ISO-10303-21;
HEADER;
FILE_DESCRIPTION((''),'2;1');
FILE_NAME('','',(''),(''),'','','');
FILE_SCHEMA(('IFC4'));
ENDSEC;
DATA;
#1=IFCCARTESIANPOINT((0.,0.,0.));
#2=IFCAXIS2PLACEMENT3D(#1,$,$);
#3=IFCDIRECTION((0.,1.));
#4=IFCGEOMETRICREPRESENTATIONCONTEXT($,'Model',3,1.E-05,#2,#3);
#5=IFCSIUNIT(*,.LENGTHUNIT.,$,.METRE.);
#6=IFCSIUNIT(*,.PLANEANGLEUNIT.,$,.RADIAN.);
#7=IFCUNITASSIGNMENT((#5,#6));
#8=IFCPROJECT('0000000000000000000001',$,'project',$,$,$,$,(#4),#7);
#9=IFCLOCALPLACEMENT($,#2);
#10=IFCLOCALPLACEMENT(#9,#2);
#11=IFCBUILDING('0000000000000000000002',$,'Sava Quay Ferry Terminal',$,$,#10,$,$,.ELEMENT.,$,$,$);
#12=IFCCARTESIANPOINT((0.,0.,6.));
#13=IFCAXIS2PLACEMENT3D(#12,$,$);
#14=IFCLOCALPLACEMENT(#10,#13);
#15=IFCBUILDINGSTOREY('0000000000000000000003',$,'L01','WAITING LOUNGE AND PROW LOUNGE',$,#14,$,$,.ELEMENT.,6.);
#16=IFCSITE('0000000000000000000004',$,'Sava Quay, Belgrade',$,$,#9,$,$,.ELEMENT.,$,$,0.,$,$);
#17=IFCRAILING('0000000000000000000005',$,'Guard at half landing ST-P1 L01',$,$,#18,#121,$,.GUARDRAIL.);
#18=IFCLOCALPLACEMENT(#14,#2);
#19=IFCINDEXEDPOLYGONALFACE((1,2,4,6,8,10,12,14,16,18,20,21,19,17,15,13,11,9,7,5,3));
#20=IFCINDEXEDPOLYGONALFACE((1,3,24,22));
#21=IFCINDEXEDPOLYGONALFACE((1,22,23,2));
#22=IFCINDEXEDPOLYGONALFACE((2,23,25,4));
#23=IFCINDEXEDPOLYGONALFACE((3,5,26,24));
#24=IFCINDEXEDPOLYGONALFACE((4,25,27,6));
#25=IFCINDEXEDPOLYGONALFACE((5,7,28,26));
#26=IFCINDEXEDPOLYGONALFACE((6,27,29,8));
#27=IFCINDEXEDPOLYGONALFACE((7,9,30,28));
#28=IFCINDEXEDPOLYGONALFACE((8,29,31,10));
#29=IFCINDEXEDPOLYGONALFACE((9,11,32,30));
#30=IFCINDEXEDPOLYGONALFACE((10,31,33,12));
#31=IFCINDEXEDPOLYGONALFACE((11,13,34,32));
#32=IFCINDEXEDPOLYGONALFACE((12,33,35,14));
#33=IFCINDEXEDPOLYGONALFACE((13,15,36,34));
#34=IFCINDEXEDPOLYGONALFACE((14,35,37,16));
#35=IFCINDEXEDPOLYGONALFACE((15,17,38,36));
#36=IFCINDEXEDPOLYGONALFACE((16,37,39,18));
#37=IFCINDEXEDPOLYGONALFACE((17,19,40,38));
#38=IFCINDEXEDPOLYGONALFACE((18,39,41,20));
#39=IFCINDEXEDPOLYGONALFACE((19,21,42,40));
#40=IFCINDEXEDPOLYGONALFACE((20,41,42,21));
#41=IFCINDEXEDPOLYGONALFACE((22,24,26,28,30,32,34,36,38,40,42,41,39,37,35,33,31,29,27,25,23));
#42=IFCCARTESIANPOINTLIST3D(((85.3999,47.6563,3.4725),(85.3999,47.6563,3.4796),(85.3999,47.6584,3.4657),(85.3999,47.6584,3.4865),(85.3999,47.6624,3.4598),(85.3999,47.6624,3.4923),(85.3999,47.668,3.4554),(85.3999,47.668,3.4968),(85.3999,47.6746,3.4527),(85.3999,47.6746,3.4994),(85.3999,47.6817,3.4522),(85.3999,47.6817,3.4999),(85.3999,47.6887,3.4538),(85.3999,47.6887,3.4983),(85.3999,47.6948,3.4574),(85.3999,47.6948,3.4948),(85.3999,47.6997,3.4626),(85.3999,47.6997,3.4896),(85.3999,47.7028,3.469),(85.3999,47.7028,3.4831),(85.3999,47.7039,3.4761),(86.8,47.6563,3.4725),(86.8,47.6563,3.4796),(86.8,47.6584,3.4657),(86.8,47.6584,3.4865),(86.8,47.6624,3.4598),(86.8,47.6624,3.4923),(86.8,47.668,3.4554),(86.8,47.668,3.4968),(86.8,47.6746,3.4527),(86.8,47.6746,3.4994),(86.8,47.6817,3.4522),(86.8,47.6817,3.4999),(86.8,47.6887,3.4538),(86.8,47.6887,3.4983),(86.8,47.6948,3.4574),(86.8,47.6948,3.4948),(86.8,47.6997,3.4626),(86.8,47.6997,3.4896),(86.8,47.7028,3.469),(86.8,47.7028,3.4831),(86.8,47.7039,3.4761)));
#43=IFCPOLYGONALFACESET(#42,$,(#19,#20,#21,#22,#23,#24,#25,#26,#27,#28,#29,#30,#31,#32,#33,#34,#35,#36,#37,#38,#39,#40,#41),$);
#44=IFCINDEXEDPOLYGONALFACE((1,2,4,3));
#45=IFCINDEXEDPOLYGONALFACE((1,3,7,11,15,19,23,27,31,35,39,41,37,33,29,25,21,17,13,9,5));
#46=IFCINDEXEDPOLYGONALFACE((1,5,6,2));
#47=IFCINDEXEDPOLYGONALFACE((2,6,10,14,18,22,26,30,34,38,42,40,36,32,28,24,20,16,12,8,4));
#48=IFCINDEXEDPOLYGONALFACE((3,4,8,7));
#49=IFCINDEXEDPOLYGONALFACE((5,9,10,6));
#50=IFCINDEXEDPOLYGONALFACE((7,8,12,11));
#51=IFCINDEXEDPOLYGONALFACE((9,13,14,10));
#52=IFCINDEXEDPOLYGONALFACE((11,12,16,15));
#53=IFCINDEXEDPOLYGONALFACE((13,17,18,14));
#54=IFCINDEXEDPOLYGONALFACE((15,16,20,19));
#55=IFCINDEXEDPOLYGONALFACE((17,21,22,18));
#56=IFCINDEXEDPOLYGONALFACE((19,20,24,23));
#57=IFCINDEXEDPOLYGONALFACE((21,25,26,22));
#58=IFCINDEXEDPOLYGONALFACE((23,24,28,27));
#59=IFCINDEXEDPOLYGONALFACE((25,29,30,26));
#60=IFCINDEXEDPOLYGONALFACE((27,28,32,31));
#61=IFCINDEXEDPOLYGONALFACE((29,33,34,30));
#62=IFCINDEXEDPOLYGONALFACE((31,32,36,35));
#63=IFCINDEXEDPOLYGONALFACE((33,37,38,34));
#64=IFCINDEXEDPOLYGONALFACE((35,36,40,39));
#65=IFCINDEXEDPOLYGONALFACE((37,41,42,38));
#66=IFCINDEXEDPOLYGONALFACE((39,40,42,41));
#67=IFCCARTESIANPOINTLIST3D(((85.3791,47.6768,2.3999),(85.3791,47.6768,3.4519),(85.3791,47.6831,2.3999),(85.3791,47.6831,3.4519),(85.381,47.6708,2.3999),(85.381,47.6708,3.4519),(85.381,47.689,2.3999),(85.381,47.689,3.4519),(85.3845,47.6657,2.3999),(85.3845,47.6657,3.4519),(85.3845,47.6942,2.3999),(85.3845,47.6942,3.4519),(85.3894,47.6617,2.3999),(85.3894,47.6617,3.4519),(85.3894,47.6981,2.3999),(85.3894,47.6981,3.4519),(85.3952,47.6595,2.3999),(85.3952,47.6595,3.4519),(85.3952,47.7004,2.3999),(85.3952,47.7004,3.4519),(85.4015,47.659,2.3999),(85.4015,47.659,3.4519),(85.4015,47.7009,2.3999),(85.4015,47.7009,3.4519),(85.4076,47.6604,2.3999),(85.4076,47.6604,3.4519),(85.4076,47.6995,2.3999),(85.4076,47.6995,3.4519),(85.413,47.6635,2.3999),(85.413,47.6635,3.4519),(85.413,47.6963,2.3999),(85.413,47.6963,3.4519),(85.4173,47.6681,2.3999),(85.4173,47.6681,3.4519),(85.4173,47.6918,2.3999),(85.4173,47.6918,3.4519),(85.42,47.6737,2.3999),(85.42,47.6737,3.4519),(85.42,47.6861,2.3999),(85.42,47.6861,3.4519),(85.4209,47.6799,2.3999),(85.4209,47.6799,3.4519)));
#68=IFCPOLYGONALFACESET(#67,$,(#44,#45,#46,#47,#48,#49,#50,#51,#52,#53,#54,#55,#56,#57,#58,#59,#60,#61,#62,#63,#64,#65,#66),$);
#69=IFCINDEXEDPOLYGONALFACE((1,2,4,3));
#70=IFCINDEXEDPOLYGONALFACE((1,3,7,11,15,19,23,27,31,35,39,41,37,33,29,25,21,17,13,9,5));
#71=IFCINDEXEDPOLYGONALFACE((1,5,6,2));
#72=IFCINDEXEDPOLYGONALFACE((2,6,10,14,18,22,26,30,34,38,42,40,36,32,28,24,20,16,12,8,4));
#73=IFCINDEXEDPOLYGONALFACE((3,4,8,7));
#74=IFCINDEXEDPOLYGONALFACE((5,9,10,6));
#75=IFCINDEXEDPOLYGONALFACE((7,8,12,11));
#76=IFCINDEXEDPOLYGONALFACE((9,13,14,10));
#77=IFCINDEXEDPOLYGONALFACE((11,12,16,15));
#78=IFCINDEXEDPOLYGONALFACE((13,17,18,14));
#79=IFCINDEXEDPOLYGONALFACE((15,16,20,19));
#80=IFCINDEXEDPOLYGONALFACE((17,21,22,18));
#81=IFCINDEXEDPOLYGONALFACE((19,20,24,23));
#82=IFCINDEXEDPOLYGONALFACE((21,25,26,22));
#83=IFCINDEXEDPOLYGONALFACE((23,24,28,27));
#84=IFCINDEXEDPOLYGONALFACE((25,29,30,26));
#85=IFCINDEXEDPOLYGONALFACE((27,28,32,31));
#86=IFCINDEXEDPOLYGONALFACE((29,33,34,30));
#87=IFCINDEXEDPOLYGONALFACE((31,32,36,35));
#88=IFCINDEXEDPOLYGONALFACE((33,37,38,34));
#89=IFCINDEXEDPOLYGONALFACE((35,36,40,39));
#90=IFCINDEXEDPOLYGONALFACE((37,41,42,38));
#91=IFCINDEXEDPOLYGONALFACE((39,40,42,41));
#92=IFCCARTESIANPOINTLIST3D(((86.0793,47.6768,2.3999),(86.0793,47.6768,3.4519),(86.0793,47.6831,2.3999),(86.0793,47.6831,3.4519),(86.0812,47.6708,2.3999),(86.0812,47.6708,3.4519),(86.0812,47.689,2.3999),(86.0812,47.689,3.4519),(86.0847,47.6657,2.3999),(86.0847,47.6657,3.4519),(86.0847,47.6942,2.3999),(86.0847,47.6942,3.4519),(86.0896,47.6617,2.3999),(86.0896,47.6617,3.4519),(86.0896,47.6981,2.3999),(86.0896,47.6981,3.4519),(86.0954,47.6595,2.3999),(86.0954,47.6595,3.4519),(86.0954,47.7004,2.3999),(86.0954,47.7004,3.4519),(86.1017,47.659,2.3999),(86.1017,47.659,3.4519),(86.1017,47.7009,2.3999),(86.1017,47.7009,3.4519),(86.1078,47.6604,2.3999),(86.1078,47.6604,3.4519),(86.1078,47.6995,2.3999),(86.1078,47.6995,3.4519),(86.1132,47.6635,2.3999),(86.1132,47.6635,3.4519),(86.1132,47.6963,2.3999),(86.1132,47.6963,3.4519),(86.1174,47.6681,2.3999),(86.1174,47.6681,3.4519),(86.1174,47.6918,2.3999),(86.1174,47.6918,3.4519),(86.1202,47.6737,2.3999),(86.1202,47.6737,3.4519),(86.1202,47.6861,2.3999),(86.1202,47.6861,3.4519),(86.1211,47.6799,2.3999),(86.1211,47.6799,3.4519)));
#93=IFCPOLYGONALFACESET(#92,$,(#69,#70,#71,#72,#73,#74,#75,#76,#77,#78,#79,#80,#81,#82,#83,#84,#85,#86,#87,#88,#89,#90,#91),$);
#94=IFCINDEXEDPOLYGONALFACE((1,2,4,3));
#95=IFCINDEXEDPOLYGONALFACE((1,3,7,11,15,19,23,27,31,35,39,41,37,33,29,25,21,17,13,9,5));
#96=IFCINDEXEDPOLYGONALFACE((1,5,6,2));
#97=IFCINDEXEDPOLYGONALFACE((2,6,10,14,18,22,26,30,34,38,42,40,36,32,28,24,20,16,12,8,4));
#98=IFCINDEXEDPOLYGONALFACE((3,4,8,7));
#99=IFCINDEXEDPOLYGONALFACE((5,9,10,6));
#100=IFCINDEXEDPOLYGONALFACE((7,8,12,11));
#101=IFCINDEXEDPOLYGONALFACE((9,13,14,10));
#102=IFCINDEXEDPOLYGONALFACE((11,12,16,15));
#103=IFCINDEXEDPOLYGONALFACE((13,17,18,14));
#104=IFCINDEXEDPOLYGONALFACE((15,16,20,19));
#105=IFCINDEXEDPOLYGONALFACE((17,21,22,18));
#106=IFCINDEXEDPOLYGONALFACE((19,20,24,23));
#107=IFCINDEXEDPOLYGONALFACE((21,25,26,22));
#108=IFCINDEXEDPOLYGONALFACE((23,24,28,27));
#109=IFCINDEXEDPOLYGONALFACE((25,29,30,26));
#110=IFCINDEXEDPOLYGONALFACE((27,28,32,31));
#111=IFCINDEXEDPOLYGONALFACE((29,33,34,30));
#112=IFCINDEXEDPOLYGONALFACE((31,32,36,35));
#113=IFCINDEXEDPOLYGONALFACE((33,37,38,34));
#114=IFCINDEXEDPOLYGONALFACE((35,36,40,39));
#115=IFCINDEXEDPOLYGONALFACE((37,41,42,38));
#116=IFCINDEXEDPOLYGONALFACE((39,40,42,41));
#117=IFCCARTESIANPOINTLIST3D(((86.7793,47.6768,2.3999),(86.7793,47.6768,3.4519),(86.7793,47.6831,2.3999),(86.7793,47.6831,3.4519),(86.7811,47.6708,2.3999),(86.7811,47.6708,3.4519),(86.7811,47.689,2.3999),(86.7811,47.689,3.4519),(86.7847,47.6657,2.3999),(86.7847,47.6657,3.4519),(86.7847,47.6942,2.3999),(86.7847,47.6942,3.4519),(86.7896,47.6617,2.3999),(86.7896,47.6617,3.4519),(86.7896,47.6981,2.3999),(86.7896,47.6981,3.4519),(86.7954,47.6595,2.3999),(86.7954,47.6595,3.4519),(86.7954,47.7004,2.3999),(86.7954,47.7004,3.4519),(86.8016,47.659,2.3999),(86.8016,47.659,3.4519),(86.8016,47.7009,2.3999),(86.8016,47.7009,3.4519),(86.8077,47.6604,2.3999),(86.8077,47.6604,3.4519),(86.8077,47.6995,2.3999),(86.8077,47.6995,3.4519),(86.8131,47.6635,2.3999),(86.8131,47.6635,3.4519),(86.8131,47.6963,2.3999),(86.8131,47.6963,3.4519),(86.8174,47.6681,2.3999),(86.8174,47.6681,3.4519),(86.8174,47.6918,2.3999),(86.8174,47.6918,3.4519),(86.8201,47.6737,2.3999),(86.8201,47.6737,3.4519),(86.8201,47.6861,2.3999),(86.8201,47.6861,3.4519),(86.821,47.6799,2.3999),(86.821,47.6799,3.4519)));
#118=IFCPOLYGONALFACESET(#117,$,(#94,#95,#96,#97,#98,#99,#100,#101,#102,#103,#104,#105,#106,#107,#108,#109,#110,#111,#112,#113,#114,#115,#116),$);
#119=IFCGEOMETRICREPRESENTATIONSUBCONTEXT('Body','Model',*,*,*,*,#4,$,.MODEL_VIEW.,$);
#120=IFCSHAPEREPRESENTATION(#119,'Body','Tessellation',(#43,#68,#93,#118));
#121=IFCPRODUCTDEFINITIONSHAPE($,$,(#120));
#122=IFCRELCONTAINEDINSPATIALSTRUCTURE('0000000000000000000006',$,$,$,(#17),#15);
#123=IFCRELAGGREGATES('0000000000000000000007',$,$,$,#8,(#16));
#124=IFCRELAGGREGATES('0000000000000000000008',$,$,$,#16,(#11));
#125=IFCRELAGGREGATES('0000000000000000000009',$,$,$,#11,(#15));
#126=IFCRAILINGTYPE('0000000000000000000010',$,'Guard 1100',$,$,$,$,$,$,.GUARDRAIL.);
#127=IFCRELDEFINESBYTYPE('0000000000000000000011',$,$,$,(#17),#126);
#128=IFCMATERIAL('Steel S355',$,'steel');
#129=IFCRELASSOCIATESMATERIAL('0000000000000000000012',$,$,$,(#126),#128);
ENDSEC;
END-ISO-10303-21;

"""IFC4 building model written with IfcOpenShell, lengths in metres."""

from ifc_helpers import new_model, si_unit, direction, frame, origin, origin_2d, place, context, subcontext, project, spatial, circle, extrude, material, type_object, element, save


model = new_model("IFC4")

# Units and contexts
model_context = context("Model", 3, precision=1e-05, world=origin(), true_north=direction((0.0, 1.0)))
body_context = subcontext(model_context, "Body", "Model", "MODEL_VIEW")
ifc_project = project(units=[si_unit("LENGTHUNIT", "METRE"), si_unit("PLANEANGLEUNIT", "RADIAN")], contexts=[model_context])

# Site, building, storey
site_placement = place(None, origin())
site = spatial("IfcSite", under=ifc_project, at=site_placement, Name="Sava Quay, Belgrade", CompositionType="ELEMENT", RefElevation=0.0)
building_placement = place(site_placement, origin())
building = spatial("IfcBuilding", under=site, at=building_placement, Name="Sava Quay Ferry Terminal", CompositionType="ELEMENT")
storey_placement = place(building_placement, frame((0.0, 0.0, 6.0)))
storey = spatial("IfcBuildingStorey", under=building, at=storey_placement, Name="L01", Description="WAITING LOUNGE AND PROW LOUNGE", CompositionType="ELEMENT", Elevation=6.0)

# Railing
ifc_material_1 = material(Name="Steel S355", Category="steel")
railing_type_1 = type_object("IfcRailingType", Name="Guard 1100", PredefinedType="GUARDRAIL", material=ifc_material_1)
railing_1_placement = place(storey_placement, frame((85.3999, 47.6799, 2.3999)))
element("IfcRailing", 1, at=railing_1_placement, inside=storey, type_object=railing_type_1, Name="Guard at half landing ST-P1 L01", PredefinedType="GUARDRAIL", context=body_context, shape_type="SweptSolid", body=[
    extrude(circle(Radius=0.0239, at=origin_2d()), frame((0.0, 0.0, 1.0762), z_axis=(1.0, 0.0, 0.0), x_axis=(0.0, 1.0, 0.0)), (0.0, 0.0, 1.0), 1.4001),
    extrude(circle(Radius=0.021, at=origin_2d()), origin(), (0.0, 0.0, 1.0), 1.052),
    extrude(circle(Radius=0.021, at=origin_2d()), frame((0.7002, 0.0, 0.0)), (0.0, 0.0, 1.0), 1.052),
    extrude(circle(Radius=0.021, at=origin_2d()), frame((1.4001, 0.0, 0.0)), (0.0, 0.0, 1.0), 1.052),
])

save(model, "model.ifc")
